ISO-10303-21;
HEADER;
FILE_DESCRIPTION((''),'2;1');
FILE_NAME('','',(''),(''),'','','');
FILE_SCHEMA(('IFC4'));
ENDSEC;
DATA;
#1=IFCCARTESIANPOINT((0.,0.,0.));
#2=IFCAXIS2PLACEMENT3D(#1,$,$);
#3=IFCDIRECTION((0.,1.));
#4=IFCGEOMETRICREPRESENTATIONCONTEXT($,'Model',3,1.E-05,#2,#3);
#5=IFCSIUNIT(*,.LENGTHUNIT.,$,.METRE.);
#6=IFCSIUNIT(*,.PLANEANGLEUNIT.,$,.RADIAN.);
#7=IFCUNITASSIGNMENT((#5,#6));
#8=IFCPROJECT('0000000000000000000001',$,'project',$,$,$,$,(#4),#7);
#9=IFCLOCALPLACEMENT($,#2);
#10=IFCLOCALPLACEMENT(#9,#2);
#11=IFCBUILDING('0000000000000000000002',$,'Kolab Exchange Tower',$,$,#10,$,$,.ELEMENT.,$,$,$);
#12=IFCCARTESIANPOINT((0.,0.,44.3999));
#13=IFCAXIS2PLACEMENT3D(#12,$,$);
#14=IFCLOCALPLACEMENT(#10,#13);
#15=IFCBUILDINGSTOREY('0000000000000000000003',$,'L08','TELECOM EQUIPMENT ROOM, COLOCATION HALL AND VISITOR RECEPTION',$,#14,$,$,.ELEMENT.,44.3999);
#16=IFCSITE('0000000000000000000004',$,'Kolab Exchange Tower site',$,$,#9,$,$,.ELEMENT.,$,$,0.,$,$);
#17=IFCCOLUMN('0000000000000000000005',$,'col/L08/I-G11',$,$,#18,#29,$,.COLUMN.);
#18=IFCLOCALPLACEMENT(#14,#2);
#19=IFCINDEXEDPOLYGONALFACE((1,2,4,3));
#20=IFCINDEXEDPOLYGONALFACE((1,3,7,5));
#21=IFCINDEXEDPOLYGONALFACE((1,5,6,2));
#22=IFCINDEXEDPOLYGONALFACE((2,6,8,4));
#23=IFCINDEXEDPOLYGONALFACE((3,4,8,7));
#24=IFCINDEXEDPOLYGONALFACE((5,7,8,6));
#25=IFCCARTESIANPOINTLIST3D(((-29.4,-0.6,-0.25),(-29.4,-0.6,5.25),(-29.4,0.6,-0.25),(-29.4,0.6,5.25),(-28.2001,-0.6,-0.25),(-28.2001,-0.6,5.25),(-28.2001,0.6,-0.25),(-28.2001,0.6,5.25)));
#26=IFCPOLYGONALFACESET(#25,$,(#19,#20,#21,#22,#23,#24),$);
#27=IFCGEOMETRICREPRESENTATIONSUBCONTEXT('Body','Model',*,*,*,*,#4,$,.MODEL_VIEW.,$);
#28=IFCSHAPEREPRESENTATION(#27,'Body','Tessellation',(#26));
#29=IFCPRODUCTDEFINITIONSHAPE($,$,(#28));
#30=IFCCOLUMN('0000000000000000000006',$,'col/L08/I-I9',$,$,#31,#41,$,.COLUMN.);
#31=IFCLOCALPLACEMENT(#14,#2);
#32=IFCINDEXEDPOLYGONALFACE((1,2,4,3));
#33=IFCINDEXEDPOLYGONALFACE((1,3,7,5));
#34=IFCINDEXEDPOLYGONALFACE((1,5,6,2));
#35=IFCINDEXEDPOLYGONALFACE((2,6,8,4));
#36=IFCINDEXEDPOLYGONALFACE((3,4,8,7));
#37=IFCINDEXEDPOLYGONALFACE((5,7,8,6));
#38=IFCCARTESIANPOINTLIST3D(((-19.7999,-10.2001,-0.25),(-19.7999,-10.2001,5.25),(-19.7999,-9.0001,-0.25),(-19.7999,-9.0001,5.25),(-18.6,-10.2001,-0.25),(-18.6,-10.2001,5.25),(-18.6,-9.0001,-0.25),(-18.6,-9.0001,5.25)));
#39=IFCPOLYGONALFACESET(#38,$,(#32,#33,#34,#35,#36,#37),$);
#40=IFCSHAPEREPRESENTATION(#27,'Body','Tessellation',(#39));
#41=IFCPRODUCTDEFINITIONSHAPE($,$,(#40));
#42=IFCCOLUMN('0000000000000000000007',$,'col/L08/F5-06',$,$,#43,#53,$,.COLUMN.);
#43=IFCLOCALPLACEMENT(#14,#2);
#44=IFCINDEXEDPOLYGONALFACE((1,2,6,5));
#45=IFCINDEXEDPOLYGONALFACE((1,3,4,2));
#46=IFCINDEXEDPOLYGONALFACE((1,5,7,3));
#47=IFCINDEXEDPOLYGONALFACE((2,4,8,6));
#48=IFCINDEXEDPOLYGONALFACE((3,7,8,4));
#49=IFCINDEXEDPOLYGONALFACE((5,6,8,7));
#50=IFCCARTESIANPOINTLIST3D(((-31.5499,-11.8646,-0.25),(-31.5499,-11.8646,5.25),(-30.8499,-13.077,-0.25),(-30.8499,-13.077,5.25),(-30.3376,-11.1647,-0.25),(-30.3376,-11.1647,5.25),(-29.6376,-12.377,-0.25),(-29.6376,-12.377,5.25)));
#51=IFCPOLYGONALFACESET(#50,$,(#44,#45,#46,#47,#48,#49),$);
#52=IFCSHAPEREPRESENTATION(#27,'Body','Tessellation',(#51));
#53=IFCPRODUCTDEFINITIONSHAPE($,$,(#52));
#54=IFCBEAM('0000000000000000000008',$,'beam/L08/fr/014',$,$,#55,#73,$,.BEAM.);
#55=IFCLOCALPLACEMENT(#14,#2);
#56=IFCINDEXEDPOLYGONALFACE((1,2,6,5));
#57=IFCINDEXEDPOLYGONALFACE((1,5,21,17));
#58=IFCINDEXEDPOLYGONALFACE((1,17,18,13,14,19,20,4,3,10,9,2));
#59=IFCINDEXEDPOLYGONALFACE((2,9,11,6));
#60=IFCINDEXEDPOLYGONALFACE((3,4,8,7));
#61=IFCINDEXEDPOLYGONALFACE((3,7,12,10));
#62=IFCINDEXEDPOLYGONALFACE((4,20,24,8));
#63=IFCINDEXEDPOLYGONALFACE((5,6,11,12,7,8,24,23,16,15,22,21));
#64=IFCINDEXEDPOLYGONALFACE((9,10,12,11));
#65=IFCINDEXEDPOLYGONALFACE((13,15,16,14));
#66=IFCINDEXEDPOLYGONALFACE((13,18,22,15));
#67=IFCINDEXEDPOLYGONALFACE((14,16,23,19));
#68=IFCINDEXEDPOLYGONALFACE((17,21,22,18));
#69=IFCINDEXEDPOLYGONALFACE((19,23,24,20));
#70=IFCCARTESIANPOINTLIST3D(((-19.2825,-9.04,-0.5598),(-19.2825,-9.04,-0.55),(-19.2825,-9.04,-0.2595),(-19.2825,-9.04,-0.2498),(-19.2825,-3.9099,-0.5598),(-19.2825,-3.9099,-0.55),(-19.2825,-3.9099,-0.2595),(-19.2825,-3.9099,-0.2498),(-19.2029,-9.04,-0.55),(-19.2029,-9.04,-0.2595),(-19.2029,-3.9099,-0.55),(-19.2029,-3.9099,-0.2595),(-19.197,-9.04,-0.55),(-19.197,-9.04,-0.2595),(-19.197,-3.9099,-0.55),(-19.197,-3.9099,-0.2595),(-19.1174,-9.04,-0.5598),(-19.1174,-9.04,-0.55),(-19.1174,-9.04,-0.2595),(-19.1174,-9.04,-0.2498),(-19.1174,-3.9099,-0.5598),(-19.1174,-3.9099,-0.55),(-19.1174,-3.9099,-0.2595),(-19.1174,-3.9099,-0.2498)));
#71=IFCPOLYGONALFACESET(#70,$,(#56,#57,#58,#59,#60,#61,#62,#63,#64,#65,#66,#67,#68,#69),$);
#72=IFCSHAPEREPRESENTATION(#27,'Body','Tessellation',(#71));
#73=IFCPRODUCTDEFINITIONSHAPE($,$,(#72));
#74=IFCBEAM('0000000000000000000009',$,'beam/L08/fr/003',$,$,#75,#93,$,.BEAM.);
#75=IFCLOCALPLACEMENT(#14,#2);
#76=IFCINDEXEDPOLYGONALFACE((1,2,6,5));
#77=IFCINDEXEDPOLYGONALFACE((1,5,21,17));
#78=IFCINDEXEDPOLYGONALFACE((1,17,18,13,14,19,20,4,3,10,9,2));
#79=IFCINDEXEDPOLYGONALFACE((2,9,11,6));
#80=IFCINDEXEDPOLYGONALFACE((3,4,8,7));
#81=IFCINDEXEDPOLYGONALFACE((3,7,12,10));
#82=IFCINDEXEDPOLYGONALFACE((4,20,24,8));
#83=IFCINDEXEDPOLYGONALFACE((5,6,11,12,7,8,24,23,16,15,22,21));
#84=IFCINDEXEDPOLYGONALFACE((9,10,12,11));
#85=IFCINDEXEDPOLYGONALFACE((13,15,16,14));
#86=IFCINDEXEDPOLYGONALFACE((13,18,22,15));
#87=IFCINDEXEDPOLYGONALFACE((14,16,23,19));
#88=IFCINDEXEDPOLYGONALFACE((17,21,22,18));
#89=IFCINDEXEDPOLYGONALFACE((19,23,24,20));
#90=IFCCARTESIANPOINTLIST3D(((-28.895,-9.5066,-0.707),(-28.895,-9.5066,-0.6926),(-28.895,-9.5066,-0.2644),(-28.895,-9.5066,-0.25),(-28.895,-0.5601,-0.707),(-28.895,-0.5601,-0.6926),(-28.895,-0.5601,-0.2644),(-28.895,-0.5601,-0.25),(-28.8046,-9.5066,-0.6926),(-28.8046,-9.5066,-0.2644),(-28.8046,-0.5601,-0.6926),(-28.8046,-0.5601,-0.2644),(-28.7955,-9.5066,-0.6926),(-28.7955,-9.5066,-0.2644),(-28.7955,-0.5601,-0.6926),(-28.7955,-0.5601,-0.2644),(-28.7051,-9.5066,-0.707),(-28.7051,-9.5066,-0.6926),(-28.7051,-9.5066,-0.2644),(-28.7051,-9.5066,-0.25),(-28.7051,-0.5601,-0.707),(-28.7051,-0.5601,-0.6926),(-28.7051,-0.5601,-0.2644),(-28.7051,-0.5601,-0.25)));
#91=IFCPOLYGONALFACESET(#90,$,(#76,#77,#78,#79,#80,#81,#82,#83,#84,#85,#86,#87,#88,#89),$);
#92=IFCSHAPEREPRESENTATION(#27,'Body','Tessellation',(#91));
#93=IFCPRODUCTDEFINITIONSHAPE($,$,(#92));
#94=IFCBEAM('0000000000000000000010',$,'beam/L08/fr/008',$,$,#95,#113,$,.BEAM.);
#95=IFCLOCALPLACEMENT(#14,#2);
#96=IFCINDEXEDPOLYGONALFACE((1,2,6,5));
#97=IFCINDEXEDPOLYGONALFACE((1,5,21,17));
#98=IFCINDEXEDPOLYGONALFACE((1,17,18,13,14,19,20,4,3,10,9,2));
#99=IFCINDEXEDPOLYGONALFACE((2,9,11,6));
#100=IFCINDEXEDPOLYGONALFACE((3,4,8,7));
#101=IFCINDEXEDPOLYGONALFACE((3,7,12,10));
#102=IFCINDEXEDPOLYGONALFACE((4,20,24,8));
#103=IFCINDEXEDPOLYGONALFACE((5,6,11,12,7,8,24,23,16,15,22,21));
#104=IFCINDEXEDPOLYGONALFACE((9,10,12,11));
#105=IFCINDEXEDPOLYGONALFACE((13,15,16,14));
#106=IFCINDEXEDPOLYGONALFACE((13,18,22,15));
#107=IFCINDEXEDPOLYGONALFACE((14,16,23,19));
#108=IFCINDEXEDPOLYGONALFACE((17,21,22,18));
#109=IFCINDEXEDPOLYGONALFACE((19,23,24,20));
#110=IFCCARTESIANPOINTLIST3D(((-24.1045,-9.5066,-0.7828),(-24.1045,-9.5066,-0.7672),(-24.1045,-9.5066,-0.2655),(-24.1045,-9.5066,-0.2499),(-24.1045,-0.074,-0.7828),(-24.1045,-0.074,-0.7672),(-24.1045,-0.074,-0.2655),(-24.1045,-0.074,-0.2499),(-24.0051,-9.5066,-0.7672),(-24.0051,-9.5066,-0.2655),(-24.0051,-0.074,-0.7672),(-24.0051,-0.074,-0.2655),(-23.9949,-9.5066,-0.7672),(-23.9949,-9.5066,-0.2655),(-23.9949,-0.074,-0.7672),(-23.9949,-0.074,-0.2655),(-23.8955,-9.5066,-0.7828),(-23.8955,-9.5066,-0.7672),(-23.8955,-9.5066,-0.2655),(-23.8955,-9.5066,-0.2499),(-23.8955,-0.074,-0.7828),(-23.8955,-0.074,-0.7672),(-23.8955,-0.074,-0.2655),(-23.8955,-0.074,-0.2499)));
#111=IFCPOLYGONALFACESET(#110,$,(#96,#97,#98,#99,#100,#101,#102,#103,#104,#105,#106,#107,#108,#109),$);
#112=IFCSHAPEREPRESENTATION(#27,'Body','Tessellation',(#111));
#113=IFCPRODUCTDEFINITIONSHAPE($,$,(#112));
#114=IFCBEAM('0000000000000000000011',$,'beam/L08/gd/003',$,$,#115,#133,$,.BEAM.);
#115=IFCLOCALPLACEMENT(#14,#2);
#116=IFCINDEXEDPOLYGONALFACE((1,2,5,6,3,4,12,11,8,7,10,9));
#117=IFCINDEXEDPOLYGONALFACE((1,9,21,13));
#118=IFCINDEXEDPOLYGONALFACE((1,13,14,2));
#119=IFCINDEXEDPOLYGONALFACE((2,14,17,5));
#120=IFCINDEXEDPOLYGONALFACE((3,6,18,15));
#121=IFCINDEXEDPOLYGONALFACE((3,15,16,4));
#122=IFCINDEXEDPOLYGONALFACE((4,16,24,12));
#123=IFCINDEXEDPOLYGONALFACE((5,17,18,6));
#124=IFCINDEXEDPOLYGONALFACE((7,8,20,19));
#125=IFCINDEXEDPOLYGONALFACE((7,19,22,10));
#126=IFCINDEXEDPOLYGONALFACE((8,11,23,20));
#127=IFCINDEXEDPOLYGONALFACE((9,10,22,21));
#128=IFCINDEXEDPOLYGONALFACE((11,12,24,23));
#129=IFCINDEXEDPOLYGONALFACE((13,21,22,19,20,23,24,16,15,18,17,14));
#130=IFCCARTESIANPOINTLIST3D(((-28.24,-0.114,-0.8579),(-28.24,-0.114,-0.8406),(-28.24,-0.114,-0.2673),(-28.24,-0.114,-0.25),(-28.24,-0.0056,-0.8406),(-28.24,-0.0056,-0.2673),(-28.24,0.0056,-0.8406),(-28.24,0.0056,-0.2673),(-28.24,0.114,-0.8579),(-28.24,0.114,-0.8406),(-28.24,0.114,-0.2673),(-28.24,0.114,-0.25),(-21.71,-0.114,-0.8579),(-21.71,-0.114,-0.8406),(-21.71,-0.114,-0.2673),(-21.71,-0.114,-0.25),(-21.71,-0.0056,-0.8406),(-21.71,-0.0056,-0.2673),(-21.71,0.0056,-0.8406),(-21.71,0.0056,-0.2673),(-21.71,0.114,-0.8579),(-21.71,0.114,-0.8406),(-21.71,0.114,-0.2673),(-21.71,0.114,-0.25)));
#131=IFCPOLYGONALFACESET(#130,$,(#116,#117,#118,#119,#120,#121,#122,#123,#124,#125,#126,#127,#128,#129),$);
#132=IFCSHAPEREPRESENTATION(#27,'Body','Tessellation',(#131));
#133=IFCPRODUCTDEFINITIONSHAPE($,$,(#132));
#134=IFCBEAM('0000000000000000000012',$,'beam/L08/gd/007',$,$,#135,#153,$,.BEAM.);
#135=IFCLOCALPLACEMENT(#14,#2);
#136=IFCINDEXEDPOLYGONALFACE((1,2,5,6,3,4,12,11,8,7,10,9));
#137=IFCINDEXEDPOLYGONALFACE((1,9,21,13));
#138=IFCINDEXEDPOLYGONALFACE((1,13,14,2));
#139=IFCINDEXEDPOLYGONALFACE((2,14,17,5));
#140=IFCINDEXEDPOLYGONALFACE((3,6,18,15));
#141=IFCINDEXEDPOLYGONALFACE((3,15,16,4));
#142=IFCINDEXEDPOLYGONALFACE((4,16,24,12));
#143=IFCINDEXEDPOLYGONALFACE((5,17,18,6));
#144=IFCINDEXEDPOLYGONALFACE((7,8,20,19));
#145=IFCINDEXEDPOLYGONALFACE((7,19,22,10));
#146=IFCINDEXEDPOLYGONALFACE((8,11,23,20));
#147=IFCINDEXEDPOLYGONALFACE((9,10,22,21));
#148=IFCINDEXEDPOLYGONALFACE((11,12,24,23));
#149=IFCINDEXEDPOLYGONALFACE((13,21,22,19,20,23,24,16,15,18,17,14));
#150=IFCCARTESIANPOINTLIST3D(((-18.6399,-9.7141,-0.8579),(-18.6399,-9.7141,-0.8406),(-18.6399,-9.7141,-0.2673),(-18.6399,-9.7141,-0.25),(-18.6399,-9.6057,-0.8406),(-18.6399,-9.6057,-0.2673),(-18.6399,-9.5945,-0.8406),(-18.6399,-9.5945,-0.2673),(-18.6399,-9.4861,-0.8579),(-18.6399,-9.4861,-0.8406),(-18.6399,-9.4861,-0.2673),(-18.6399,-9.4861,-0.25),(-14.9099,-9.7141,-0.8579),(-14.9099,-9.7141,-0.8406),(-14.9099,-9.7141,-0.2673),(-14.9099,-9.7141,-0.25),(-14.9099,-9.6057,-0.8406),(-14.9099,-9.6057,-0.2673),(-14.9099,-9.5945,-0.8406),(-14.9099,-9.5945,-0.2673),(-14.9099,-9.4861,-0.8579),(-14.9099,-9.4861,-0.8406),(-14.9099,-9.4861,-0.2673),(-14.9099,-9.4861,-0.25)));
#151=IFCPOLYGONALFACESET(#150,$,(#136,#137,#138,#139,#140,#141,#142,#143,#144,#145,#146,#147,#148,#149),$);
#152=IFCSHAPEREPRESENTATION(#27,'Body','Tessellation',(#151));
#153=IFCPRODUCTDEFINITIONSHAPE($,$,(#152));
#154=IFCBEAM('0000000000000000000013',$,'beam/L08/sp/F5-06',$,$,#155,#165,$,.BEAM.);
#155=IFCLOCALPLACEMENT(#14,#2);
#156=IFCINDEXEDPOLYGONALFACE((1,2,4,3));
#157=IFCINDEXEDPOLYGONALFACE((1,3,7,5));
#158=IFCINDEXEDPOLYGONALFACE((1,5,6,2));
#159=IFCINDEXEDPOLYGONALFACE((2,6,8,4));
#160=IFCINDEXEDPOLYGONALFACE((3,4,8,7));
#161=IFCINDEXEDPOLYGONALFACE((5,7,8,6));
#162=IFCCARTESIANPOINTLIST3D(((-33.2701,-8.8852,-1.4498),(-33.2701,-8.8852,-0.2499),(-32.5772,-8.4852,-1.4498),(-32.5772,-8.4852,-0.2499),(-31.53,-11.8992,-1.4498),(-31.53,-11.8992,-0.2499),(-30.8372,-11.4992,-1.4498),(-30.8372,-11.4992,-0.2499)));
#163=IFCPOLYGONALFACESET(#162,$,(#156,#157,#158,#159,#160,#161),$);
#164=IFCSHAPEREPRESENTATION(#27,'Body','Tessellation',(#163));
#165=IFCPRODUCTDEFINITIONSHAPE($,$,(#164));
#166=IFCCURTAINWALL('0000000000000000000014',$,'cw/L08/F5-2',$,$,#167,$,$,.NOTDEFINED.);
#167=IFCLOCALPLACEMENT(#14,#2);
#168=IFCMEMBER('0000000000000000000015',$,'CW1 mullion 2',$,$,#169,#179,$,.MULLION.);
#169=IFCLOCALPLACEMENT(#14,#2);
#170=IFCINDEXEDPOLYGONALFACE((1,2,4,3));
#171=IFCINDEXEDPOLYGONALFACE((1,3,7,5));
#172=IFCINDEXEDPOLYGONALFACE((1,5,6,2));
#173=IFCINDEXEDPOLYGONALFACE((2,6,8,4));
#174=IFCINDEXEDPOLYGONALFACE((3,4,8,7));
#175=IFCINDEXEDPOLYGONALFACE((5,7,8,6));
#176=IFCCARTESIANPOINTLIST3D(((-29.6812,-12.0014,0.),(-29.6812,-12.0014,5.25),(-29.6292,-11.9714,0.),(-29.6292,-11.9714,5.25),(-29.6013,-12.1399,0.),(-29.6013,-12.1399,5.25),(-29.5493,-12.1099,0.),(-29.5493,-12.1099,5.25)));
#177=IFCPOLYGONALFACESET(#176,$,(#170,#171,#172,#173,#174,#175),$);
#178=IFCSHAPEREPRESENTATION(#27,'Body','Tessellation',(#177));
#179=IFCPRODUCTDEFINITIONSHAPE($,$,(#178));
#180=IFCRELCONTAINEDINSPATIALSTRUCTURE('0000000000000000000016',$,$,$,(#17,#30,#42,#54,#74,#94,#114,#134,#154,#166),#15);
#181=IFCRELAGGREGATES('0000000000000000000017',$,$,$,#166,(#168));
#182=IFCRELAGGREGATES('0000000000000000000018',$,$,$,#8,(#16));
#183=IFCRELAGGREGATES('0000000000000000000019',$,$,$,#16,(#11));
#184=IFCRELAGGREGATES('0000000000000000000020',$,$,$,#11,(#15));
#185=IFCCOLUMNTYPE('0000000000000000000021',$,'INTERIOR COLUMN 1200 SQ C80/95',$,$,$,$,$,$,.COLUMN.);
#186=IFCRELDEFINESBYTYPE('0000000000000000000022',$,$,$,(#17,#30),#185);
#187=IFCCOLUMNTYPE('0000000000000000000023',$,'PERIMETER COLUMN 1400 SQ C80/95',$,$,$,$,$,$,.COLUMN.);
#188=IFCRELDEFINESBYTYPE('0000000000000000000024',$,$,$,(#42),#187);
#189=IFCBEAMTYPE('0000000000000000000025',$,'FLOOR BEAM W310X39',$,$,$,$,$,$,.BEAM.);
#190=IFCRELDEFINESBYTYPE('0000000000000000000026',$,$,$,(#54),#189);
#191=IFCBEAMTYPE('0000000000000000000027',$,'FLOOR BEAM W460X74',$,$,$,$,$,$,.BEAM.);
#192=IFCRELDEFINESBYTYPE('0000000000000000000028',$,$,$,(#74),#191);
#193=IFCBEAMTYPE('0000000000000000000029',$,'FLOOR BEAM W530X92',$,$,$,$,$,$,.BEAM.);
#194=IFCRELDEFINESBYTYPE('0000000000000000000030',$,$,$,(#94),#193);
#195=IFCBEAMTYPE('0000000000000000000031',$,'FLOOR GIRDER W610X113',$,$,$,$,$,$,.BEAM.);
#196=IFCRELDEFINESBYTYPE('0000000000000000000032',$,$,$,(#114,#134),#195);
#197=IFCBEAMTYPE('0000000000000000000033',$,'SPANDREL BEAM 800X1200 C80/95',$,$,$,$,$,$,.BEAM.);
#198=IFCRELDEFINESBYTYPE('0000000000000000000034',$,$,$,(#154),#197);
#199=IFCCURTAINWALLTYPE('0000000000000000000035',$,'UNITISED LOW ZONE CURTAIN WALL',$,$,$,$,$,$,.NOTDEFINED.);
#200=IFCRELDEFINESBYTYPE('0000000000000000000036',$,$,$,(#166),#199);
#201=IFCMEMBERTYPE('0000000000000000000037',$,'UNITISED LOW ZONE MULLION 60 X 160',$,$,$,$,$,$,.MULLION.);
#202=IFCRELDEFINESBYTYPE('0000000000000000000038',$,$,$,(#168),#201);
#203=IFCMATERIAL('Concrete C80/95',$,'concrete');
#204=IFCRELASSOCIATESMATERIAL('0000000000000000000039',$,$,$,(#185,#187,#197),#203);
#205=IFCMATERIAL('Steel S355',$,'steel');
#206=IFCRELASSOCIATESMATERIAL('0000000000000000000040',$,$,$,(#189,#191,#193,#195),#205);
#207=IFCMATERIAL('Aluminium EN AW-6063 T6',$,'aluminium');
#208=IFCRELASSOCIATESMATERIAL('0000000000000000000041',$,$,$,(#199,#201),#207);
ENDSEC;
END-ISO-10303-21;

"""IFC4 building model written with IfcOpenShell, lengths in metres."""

from ifc_helpers import new_model, si_unit, direction, frame, origin, origin_2d, place, context, subcontext, project, spatial, rectangle, i_section, extrude, material, material_profile, profile_set, type_object, element, aggregate, save


model = new_model("IFC4")

# Units and contexts
model_context = context("Model", 3, precision=1e-05, world=origin(), true_north=direction((0.0, 1.0)))
body_context = subcontext(model_context, "Body", "Model", "MODEL_VIEW")
ifc_project = project(units=[si_unit("LENGTHUNIT", "METRE"), si_unit("PLANEANGLEUNIT", "RADIAN")], contexts=[model_context])

# Site, building, storey
site_placement = place(None, origin())
site = spatial("IfcSite", under=ifc_project, at=site_placement, Name="Kolab Exchange Tower site", CompositionType="ELEMENT", RefElevation=0.0)
building_placement = place(site_placement, origin())
building = spatial("IfcBuilding", under=site, at=building_placement, Name="Kolab Exchange Tower", CompositionType="ELEMENT")
storey_placement = place(building_placement, frame((0.0, 0.0, 44.3999)))
storey = spatial("IfcBuildingStorey", under=building, at=storey_placement, Name="L08", Description="TELECOM EQUIPMENT ROOM, COLOCATION HALL AND VISITOR RECEPTION", CompositionType="ELEMENT", Elevation=44.3999)

# Columns
ifc_material_1 = material(Name="Concrete C80/95", Category="concrete")
ifc_material_profile_1 = material_profile(ifc_material_1, rectangle(XDim=1.2, YDim=1.2, at=origin_2d()), Name="RC1200")
ifc_profile_set_1 = profile_set([ifc_material_profile_1], Name="Concrete C80/95")
column_type_1 = type_object("IfcColumnType", Name="INTERIOR COLUMN 1200 SQ C80/95", PredefinedType="COLUMN", material=ifc_profile_set_1)
for number, where, z_axis, x_axis, name in (
    (1, (-28.8, 0.0, -0.25), (0.0, 0.0, 1.0), (1.0, 0.0, 0.0), "col/L08/I-G11"),
    (2, (-19.2, -9.6001, -0.25), (0.0, 0.0, 1.0), (1.0, 0.0, 0.0), "col/L08/I-I9"),
):
    element("IfcColumn", number, at=place(storey_placement, frame(where, z_axis=z_axis, x_axis=x_axis)), inside=storey, type_object=column_type_1, Name=name, PredefinedType="COLUMN", context=body_context, shape_type="SweptSolid", body=[
        extrude(rectangle(XDim=1.2, YDim=1.2, at=origin_2d()), origin(), (0.0, 0.0, 1.0), 5.5),
    ])
ifc_material_profile_2 = material_profile(ifc_material_1, rectangle(XDim=1.3999, YDim=1.3999, at=origin_2d()), Name="RC1400")
ifc_profile_set_2 = profile_set([ifc_material_profile_2], Name="Concrete C80/95")
column_type_2 = type_object("IfcColumnType", Name="PERIMETER COLUMN 1400 SQ C80/95", PredefinedType="COLUMN", material=ifc_profile_set_2)
column_placement = place(storey_placement, frame((-30.5938, -12.1208, -0.25), z_axis=(0.0, 0.0, 1.0), x_axis=(0.866025, 0.5, 0.0)))
element("IfcColumn", 3, at=column_placement, inside=storey, type_object=column_type_2, Name="col/L08/F5-06", PredefinedType="COLUMN", context=body_context, shape_type="SweptSolid", body=[
    extrude(rectangle(XDim=1.3999, YDim=1.3999, at=origin_2d()), origin(), (0.0, 0.0, 1.0), 5.5),
])

# Beams
ifc_material_2 = material(Name="Steel S355", Category="steel")
ifc_material_profile_3 = material_profile(ifc_material_2, i_section(OverallWidth=0.165, OverallDepth=0.3101, WebThickness=0.0059, FlangeThickness=0.0098, at=origin_2d()), Name="W310X39")
ifc_profile_set_3 = profile_set([ifc_material_profile_3], Name="Steel S355")
beam_type_1 = type_object("IfcBeamType", Name="FLOOR BEAM W310X39", PredefinedType="BEAM", material=ifc_profile_set_3)
beam_1_placement = place(storey_placement, frame((-19.2, -9.04, -0.4048), z_axis=(0.0, 1.0, 0.0), x_axis=(-1.0, 0.0, 0.0)))
element("IfcBeam", 4, at=beam_1_placement, inside=storey, type_object=beam_type_1, Name="beam/L08/fr/014", PredefinedType="BEAM", context=body_context, shape_type="SweptSolid", body=[
    extrude(i_section(OverallWidth=0.165, OverallDepth=0.3101, WebThickness=0.0059, FlangeThickness=0.0098, at=origin_2d()), origin(), (0.0, 0.0, 1.0), 5.1301),
])
ifc_material_profile_4 = material_profile(ifc_material_2, i_section(OverallWidth=0.1899, OverallDepth=0.457, WebThickness=0.009, FlangeThickness=0.0144, at=origin_2d()), Name="W460X74")
ifc_profile_set_4 = profile_set([ifc_material_profile_4], Name="Steel S355")
beam_type_2 = type_object("IfcBeamType", Name="FLOOR BEAM W460X74", PredefinedType="BEAM", material=ifc_profile_set_4)
beam_2_placement = place(storey_placement, frame((-28.8, -9.5066, -0.4785), z_axis=(0.0, 1.0, 0.0), x_axis=(-1.0, 0.0, 0.0)))
element("IfcBeam", 5, at=beam_2_placement, inside=storey, type_object=beam_type_2, Name="beam/L08/fr/003", PredefinedType="BEAM", context=body_context, shape_type="SweptSolid", body=[
    extrude(i_section(OverallWidth=0.1899, OverallDepth=0.457, WebThickness=0.009, FlangeThickness=0.0144, at=origin_2d()), origin(), (0.0, 0.0, 1.0), 8.9465),
])
ifc_material_profile_5 = material_profile(ifc_material_2, i_section(OverallWidth=0.209, OverallDepth=0.533, WebThickness=0.0103, FlangeThickness=0.0156, at=origin_2d()), Name="W530X92")
ifc_profile_set_5 = profile_set([ifc_material_profile_5], Name="Steel S355")
beam_type_3 = type_object("IfcBeamType", Name="FLOOR BEAM W530X92", PredefinedType="BEAM", material=ifc_profile_set_5)
beam_3_placement = place(storey_placement, frame((-24.0, -9.5066, -0.5164), z_axis=(0.0, 1.0, 0.0), x_axis=(-1.0, 0.0, 0.0)))
element("IfcBeam", 6, at=beam_3_placement, inside=storey, type_object=beam_type_3, Name="beam/L08/fr/008", PredefinedType="BEAM", context=body_context, shape_type="SweptSolid", body=[
    extrude(i_section(OverallWidth=0.209, OverallDepth=0.533, WebThickness=0.0103, FlangeThickness=0.0156, at=origin_2d()), origin(), (0.0, 0.0, 1.0), 9.4326),
])
ifc_material_profile_6 = material_profile(ifc_material_2, i_section(OverallWidth=0.228, OverallDepth=0.6079, WebThickness=0.0112, FlangeThickness=0.0173, at=origin_2d()), Name="W610X113")
ifc_profile_set_6 = profile_set([ifc_material_profile_6], Name="Steel S355")
beam_type_4 = type_object("IfcBeamType", Name="FLOOR GIRDER W610X113", PredefinedType="BEAM", material=ifc_profile_set_6)
beam_4_placement = place(storey_placement, frame((-28.24, 0.0, -0.554), z_axis=(1.0, 0.0, 0.0), x_axis=(0.0, 1.0, 0.0)))
element("IfcBeam", 7, at=beam_4_placement, inside=storey, type_object=beam_type_4, Name="beam/L08/gd/003", PredefinedType="BEAM", context=body_context, shape_type="SweptSolid", body=[
    extrude(i_section(OverallWidth=0.228, OverallDepth=0.6079, WebThickness=0.0112, FlangeThickness=0.0173, at=origin_2d()), origin(), (0.0, 0.0, 1.0), 6.53),
])
beam_5_placement = place(storey_placement, frame((-18.6399, -9.6001, -0.554), z_axis=(1.0, 0.0, 0.0), x_axis=(0.0, 1.0, 0.0)))
element("IfcBeam", 8, at=beam_5_placement, inside=storey, type_object=beam_type_4, Name="beam/L08/gd/007", PredefinedType="BEAM", context=body_context, shape_type="SweptSolid", body=[
    extrude(i_section(OverallWidth=0.228, OverallDepth=0.6079, WebThickness=0.0112, FlangeThickness=0.0173, at=origin_2d()), origin(), (0.0, 0.0, 1.0), 3.73),
])
ifc_material_profile_7 = material_profile(ifc_material_1, rectangle(XDim=0.8, YDim=1.2, at=origin_2d()), Name="RC800X1200")
ifc_profile_set_7 = profile_set([ifc_material_profile_7], Name="Concrete C80/95")
beam_type_5 = type_object("IfcBeamType", Name="SPANDREL BEAM 800X1200 C80/95", PredefinedType="BEAM", material=ifc_profile_set_7)
beam_6_placement = place(storey_placement, frame((-31.1836, -11.6992, -0.8499), z_axis=(-0.49998, 0.866037, 0.0), x_axis=(-0.866037, -0.49998, 0.0)))
element("IfcBeam", 9, at=beam_6_placement, inside=storey, type_object=beam_type_5, Name="beam/L08/sp/F5-06", PredefinedType="BEAM", context=body_context, shape_type="SweptSolid", body=[
    extrude(rectangle(XDim=0.8, YDim=1.2, at=origin_2d()), origin(), (0.0, 0.0, 1.0), 3.4802),
])

# Curtain wall, member
ifc_material_3 = material(Name="Aluminium EN AW-6063 T6", Category="aluminium")
curtain_wall_type = type_object("IfcCurtainWallType", Name="UNITISED LOW ZONE CURTAIN WALL", PredefinedType="NOTDEFINED", material=ifc_material_3)
curtain_wall_placement = place(storey_placement, origin())
curtain_wall = element("IfcCurtainWall", 10, at=curtain_wall_placement, inside=storey, type_object=curtain_wall_type, Name="cw/L08/F5-2", PredefinedType="NOTDEFINED")
ifc_material_profile_8 = material_profile(ifc_material_3, rectangle(XDim=0.0601, YDim=0.1599, at=origin_2d()), Name="RECT 60X160")
ifc_profile_set_8 = profile_set([ifc_material_profile_8], Name="Aluminium EN AW-6063 T6")
member_type_1 = type_object("IfcMemberType", Name="UNITISED LOW ZONE MULLION 60 X 160", PredefinedType="MULLION", material=ifc_profile_set_8)
member_1_placement = place(storey_placement, frame((-29.6152, -12.0557, 0.0), z_axis=(0.0, 0.0, 1.0), x_axis=(-0.866025, -0.5, 0.0)))
member_1 = element("IfcMember", 11, at=member_1_placement, type_object=member_type_1, Name="CW1 mullion 2", PredefinedType="MULLION", context=body_context, shape_type="SweptSolid", body=[
    extrude(rectangle(XDim=0.0601, YDim=0.1599, at=origin_2d()), origin(), (0.0, 0.0, 1.0), 5.25),
])
aggregate(curtain_wall, [member_1])

save(model, "model.ifc")
